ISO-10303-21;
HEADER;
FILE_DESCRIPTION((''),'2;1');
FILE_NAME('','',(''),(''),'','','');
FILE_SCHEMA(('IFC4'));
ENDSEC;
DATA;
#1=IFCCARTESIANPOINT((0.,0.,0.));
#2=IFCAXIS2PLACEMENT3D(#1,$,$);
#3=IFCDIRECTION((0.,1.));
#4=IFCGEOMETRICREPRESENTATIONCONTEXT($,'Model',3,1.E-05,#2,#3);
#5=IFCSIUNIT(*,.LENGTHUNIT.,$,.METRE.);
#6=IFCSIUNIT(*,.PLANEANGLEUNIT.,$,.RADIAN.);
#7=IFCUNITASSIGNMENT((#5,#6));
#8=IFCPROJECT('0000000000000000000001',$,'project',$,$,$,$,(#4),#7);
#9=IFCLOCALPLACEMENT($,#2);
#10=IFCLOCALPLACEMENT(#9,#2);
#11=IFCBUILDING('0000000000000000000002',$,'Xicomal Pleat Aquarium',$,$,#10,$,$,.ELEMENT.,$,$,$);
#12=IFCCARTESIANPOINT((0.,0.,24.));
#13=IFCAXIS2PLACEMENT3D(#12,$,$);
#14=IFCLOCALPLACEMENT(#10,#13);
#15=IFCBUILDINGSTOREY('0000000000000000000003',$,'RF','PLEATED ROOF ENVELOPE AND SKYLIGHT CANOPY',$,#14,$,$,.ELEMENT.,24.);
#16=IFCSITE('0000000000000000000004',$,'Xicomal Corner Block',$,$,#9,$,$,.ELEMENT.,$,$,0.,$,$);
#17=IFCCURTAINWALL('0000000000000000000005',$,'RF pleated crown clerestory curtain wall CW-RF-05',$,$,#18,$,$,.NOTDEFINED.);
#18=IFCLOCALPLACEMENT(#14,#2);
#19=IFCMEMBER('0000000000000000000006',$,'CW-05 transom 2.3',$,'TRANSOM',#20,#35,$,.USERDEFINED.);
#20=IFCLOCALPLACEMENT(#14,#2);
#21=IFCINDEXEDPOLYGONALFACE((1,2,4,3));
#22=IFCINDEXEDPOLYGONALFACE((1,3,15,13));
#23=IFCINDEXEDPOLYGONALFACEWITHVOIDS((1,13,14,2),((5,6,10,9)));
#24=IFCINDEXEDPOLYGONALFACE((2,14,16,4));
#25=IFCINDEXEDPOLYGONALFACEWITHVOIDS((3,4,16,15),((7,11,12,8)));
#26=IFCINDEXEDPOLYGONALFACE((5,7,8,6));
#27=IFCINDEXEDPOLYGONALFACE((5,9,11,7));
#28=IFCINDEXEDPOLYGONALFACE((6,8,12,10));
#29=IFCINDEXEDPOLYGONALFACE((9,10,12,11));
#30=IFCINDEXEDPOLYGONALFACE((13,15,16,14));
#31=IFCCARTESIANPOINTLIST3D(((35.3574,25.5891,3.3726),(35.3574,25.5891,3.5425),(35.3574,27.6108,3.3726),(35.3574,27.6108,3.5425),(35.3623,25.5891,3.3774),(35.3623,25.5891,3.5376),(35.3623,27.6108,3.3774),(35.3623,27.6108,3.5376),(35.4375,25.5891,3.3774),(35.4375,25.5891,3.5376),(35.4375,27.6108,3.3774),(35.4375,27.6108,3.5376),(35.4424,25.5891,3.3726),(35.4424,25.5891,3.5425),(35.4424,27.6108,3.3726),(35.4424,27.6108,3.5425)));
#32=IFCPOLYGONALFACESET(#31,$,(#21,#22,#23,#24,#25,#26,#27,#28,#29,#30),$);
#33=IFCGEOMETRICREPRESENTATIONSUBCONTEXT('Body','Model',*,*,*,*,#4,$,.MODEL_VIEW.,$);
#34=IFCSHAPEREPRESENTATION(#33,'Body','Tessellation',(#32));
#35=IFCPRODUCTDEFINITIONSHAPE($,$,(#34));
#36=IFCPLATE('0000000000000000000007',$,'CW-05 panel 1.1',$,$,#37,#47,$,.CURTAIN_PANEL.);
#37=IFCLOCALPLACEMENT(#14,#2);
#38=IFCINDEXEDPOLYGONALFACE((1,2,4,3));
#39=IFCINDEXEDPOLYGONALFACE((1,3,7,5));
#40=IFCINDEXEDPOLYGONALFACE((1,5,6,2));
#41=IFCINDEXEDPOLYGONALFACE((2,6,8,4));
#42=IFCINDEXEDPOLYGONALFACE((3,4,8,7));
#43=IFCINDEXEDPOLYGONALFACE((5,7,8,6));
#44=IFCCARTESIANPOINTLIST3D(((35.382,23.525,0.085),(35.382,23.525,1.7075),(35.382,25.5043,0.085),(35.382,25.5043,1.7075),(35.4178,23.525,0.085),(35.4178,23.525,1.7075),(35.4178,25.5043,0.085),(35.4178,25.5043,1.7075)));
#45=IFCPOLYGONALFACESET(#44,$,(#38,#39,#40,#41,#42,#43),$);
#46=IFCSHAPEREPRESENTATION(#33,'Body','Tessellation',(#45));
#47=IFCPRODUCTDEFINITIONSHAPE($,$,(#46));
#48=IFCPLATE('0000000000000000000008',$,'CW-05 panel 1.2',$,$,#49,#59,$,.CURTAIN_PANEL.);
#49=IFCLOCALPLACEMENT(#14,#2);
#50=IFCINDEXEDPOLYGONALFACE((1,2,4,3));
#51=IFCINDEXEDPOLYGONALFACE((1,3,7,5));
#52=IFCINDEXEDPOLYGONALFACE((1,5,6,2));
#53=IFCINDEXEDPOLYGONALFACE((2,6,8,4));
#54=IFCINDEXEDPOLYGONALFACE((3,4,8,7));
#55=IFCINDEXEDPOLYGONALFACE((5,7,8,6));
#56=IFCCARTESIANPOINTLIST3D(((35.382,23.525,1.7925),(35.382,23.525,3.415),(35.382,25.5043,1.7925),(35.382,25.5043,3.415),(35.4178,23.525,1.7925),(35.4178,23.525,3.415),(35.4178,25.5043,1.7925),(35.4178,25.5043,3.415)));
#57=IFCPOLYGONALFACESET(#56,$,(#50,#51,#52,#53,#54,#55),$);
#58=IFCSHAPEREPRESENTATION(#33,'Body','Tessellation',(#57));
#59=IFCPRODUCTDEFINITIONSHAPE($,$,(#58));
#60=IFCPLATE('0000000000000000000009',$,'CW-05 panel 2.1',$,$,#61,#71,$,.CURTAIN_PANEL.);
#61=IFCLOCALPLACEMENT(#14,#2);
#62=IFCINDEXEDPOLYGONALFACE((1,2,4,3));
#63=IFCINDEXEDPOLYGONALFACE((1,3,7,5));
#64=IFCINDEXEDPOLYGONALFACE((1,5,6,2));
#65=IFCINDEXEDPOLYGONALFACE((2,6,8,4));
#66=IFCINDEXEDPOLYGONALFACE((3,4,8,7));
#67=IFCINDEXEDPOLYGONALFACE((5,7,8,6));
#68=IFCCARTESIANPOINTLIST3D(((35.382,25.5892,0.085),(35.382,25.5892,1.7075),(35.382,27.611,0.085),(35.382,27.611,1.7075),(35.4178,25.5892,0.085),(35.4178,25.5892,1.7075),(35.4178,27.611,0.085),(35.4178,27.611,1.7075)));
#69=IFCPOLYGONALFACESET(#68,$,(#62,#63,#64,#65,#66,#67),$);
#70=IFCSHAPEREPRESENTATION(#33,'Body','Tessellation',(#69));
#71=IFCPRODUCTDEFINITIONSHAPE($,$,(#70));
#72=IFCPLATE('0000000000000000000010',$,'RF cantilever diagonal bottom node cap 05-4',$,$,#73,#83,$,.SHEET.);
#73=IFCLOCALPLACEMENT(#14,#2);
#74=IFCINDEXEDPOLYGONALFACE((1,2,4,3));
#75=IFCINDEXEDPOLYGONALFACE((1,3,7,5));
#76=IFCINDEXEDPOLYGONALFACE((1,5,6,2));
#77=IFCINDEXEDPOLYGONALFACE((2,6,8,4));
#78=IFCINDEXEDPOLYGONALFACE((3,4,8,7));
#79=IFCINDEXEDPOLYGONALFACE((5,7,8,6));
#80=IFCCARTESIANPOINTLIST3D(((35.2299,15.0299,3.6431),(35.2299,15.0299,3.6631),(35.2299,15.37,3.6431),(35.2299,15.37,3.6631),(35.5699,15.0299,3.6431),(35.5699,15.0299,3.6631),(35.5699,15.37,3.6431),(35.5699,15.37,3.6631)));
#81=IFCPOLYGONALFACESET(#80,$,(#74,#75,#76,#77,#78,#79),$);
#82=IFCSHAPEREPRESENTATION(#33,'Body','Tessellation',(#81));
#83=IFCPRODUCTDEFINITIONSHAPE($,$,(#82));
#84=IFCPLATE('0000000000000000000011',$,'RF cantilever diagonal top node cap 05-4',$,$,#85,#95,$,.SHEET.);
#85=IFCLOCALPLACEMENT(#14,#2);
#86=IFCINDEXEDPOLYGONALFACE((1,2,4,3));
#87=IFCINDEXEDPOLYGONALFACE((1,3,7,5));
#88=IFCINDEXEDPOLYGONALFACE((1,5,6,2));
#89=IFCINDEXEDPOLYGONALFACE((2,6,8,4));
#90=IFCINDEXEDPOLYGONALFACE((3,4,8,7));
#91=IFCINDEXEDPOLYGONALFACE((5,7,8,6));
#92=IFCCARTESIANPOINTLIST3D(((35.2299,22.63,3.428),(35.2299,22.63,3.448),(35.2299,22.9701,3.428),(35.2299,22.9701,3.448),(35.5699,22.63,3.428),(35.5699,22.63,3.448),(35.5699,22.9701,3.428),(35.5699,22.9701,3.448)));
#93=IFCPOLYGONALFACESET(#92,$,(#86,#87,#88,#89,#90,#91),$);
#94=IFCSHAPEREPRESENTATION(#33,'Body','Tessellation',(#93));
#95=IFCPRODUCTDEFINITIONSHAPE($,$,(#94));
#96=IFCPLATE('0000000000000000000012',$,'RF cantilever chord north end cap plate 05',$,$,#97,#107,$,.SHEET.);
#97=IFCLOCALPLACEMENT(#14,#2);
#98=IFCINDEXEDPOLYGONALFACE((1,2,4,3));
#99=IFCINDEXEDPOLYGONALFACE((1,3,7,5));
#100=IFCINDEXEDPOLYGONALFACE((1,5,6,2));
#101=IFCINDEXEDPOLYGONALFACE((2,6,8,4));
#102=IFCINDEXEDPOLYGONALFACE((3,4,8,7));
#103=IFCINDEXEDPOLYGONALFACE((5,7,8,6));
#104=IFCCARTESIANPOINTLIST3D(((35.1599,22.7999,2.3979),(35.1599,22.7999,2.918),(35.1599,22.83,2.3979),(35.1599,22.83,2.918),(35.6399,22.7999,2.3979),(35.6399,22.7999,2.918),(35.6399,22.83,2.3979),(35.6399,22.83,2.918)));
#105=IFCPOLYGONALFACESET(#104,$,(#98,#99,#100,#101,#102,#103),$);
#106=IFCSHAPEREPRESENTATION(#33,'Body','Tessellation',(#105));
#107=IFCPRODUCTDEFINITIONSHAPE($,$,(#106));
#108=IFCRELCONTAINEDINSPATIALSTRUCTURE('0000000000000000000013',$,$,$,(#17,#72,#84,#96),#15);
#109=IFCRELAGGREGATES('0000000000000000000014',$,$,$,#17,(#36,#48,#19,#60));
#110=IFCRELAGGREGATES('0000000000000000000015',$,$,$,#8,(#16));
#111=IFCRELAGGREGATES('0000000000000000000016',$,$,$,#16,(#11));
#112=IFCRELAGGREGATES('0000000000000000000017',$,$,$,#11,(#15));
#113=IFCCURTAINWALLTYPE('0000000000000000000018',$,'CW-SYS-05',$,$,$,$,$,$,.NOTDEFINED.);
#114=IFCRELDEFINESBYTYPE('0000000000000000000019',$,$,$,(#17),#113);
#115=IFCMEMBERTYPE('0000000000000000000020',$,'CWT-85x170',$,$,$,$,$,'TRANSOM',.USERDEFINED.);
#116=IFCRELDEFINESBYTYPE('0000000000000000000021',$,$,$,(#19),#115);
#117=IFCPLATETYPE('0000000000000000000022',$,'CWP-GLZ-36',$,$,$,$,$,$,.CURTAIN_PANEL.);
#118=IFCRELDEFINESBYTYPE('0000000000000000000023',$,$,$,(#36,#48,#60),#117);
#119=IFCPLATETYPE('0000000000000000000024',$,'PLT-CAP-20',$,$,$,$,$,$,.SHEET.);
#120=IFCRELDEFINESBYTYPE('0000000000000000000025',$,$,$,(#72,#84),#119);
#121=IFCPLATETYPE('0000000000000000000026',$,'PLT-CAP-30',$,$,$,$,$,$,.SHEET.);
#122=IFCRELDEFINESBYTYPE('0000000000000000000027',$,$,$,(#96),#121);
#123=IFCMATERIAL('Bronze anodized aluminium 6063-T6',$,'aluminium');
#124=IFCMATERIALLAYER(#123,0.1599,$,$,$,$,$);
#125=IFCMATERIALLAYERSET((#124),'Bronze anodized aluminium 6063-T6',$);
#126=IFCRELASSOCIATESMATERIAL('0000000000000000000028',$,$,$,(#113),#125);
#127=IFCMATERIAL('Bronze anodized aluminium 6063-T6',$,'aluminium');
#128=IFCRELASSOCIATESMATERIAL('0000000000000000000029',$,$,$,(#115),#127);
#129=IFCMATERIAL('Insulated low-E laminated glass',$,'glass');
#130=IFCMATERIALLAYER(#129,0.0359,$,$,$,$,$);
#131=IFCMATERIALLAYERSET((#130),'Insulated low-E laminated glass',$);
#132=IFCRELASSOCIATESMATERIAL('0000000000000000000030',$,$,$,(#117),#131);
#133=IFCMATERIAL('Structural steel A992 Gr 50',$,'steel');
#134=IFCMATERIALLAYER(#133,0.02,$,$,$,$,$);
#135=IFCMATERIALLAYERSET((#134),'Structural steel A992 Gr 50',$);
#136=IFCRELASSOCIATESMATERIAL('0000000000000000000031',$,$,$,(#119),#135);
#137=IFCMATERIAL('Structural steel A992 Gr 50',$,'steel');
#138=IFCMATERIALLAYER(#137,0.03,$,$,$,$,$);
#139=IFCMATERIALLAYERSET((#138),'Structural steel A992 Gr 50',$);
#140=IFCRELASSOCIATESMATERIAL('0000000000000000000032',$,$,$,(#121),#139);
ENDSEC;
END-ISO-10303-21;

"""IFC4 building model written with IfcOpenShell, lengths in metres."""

from ifc_helpers import new_model, si_unit, direction, frame, origin, origin_2d, place, context, subcontext, project, spatial, rectangle, hollow_rectangle, extrude, material, layer, layer_set, material_profile, profile_set, type_object, element, aggregate, save


model = new_model("IFC4")

# Units and contexts
model_context = context("Model", 3, precision=1e-05, world=origin(), true_north=direction((0.0, 1.0)))
body_context = subcontext(model_context, "Body", "Model", "MODEL_VIEW")
ifc_project = project(units=[si_unit("LENGTHUNIT", "METRE"), si_unit("PLANEANGLEUNIT", "RADIAN")], contexts=[model_context])

# Site, building, storey
site_placement = place(None, origin())
site = spatial("IfcSite", under=ifc_project, at=site_placement, Name="Xicomal Corner Block", CompositionType="ELEMENT", RefElevation=0.0)
building_placement = place(site_placement, origin())
building = spatial("IfcBuilding", under=site, at=building_placement, Name="Xicomal Pleat Aquarium", CompositionType="ELEMENT")
storey_placement = place(building_placement, frame((0.0, 0.0, 24.0)))
storey = spatial("IfcBuildingStorey", under=building, at=storey_placement, Name="RF", Description="PLEATED ROOF ENVELOPE AND SKYLIGHT CANOPY", CompositionType="ELEMENT", Elevation=24.0)

# Curtain wall, member, plates
ifc_material_1 = material(Name="Bronze anodized aluminium 6063-T6", Category="aluminium")
ifc_layer_1 = layer(ifc_material_1, 0.1599)
ifc_layer_set_1 = layer_set([ifc_layer_1], Name="Bronze anodized aluminium 6063-T6")
curtain_wall_type = type_object("IfcCurtainWallType", Name="CW-SYS-05", PredefinedType="NOTDEFINED", material=ifc_layer_set_1)
curtain_wall_placement = place(storey_placement, origin())
curtain_wall = element("IfcCurtainWall", 1, at=curtain_wall_placement, inside=storey, type_object=curtain_wall_type, Name="RF pleated crown clerestory curtain wall CW-RF-05", PredefinedType="NOTDEFINED")
ifc_material_2 = material(Name="Bronze anodized aluminium 6063-T6", Category="aluminium")
ifc_material_profile_1 = material_profile(ifc_material_2, hollow_rectangle(XDim=0.085, YDim=0.1699, WallThickness=0.0049, at=origin_2d()), Name="ALU TRAN 85x170")
ifc_profile_set_1 = profile_set([ifc_material_profile_1], Name="Bronze anodized aluminium 6063-T6")
member_type_1 = type_object("IfcMemberType", Name="CWT-85x170", ElementType="TRANSOM", PredefinedType="USERDEFINED", material=ifc_profile_set_1)
member_1_placement = place(storey_placement, frame((35.3999, 25.5891, 3.4575), z_axis=(0.0, 1.0, 0.0), x_axis=(-1.0, 0.0, 0.0)))
member_1 = element("IfcMember", 2, at=member_1_placement, type_object=member_type_1, Name="CW-05 transom 2.3", ObjectType="TRANSOM", PredefinedType="USERDEFINED", context=body_context, shape_type="SweptSolid", body=[
    extrude(hollow_rectangle(XDim=0.085, YDim=0.1699, WallThickness=0.0049, at=origin_2d()), origin(), (0.0, 0.0, 1.0), 2.0217),
])
ifc_material_3 = material(Name="Insulated low-E laminated glass", Category="glass")
ifc_layer_2 = layer(ifc_material_3, 0.0359)
ifc_layer_set_2 = layer_set([ifc_layer_2], Name="Insulated low-E laminated glass")
plate_type_1 = type_object("IfcPlateType", Name="CWP-GLZ-36", PredefinedType="CURTAIN_PANEL", material=ifc_layer_set_2)
plate_1_placement = place(storey_placement, frame((35.3999, 24.5146, 0.085), z_axis=(0.0, 0.0, 1.0), x_axis=(0.0, 1.0, 0.0)))
plate_1 = element("IfcPlate", 3, at=plate_1_placement, type_object=plate_type_1, Name="CW-05 panel 1.1", PredefinedType="CURTAIN_PANEL", context=body_context, shape_type="SweptSolid", body=[
    extrude(rectangle(XDim=1.9792, YDim=0.0359, at=origin_2d()), origin(), (0.0, 0.0, 1.0), 1.6226),
])
plate_2_placement = place(storey_placement, frame((35.3999, 24.5146, 1.7925), z_axis=(0.0, 0.0, 1.0), x_axis=(0.0, 1.0, 0.0)))
plate_2 = element("IfcPlate", 4, at=plate_2_placement, type_object=plate_type_1, Name="CW-05 panel 1.2", PredefinedType="CURTAIN_PANEL", context=body_context, shape_type="SweptSolid", body=[
    extrude(rectangle(XDim=1.9792, YDim=0.0359, at=origin_2d()), origin(), (0.0, 0.0, 1.0), 1.6226),
])
plate_3_placement = place(storey_placement, frame((35.3999, 26.6001, 0.085), z_axis=(0.0, 0.0, 1.0), x_axis=(0.0, 1.0, 0.0)))
plate_3 = element("IfcPlate", 5, at=plate_3_placement, type_object=plate_type_1, Name="CW-05 panel 2.1", PredefinedType="CURTAIN_PANEL", context=body_context, shape_type="SweptSolid", body=[
    extrude(rectangle(XDim=2.0217, YDim=0.0359, at=origin_2d()), origin(), (0.0, 0.0, 1.0), 1.6226),
])
aggregate(curtain_wall, [plate_1, plate_2, member_1, plate_3])

# Plates
ifc_material_4 = material(Name="Structural steel A992 Gr 50", Category="steel")
ifc_layer_3 = layer(ifc_material_4, 0.02)
ifc_layer_set_3 = layer_set([ifc_layer_3], Name="Structural steel A992 Gr 50")
plate_type_2 = type_object("IfcPlateType", Name="PLT-CAP-20", PredefinedType="SHEET", material=ifc_layer_set_3)
for number, where, z_axis, x_axis, name in (
    (6, (35.3999, 15.2, 3.6431), (0.0, 0.0, 1.0), (1.0, 0.0, 0.0), "RF cantilever diagonal bottom node cap 05-4"),
    (7, (35.3999, 22.8, 3.428), (0.0, 0.0, 1.0), (1.0, 0.0, 0.0), "RF cantilever diagonal top node cap 05-4"),
):
    element("IfcPlate", number, at=place(storey_placement, frame(where, z_axis=z_axis, x_axis=x_axis)), inside=storey, type_object=plate_type_2, Name=name, PredefinedType="SHEET", context=body_context, shape_type="SweptSolid", body=[
        extrude(rectangle(XDim=0.3401, YDim=0.3401, at=origin_2d()), origin(), (0.0, 0.0, 1.0), 0.02),
    ])
ifc_material_5 = material(Name="Structural steel A992 Gr 50", Category="steel")
ifc_layer_4 = layer(ifc_material_5, 0.03)
ifc_layer_set_4 = layer_set([ifc_layer_4], Name="Structural steel A992 Gr 50")
plate_type_3 = type_object("IfcPlateType", Name="PLT-CAP-30", PredefinedType="SHEET", material=ifc_layer_set_4)
plate_4_placement = place(storey_placement, frame((35.3999, 22.8149, 2.3979), z_axis=(0.0, 0.0, 1.0), x_axis=(1.0, 0.0, 0.0)))
element("IfcPlate", 8, at=plate_4_placement, inside=storey, type_object=plate_type_3, Name="RF cantilever chord north end cap plate 05", PredefinedType="SHEET", context=body_context, shape_type="SweptSolid", body=[
    extrude(rectangle(XDim=0.48, YDim=0.03, at=origin_2d()), origin(), (0.0, 0.0, 1.0), 0.52),
])

save(model, "model.ifc")
